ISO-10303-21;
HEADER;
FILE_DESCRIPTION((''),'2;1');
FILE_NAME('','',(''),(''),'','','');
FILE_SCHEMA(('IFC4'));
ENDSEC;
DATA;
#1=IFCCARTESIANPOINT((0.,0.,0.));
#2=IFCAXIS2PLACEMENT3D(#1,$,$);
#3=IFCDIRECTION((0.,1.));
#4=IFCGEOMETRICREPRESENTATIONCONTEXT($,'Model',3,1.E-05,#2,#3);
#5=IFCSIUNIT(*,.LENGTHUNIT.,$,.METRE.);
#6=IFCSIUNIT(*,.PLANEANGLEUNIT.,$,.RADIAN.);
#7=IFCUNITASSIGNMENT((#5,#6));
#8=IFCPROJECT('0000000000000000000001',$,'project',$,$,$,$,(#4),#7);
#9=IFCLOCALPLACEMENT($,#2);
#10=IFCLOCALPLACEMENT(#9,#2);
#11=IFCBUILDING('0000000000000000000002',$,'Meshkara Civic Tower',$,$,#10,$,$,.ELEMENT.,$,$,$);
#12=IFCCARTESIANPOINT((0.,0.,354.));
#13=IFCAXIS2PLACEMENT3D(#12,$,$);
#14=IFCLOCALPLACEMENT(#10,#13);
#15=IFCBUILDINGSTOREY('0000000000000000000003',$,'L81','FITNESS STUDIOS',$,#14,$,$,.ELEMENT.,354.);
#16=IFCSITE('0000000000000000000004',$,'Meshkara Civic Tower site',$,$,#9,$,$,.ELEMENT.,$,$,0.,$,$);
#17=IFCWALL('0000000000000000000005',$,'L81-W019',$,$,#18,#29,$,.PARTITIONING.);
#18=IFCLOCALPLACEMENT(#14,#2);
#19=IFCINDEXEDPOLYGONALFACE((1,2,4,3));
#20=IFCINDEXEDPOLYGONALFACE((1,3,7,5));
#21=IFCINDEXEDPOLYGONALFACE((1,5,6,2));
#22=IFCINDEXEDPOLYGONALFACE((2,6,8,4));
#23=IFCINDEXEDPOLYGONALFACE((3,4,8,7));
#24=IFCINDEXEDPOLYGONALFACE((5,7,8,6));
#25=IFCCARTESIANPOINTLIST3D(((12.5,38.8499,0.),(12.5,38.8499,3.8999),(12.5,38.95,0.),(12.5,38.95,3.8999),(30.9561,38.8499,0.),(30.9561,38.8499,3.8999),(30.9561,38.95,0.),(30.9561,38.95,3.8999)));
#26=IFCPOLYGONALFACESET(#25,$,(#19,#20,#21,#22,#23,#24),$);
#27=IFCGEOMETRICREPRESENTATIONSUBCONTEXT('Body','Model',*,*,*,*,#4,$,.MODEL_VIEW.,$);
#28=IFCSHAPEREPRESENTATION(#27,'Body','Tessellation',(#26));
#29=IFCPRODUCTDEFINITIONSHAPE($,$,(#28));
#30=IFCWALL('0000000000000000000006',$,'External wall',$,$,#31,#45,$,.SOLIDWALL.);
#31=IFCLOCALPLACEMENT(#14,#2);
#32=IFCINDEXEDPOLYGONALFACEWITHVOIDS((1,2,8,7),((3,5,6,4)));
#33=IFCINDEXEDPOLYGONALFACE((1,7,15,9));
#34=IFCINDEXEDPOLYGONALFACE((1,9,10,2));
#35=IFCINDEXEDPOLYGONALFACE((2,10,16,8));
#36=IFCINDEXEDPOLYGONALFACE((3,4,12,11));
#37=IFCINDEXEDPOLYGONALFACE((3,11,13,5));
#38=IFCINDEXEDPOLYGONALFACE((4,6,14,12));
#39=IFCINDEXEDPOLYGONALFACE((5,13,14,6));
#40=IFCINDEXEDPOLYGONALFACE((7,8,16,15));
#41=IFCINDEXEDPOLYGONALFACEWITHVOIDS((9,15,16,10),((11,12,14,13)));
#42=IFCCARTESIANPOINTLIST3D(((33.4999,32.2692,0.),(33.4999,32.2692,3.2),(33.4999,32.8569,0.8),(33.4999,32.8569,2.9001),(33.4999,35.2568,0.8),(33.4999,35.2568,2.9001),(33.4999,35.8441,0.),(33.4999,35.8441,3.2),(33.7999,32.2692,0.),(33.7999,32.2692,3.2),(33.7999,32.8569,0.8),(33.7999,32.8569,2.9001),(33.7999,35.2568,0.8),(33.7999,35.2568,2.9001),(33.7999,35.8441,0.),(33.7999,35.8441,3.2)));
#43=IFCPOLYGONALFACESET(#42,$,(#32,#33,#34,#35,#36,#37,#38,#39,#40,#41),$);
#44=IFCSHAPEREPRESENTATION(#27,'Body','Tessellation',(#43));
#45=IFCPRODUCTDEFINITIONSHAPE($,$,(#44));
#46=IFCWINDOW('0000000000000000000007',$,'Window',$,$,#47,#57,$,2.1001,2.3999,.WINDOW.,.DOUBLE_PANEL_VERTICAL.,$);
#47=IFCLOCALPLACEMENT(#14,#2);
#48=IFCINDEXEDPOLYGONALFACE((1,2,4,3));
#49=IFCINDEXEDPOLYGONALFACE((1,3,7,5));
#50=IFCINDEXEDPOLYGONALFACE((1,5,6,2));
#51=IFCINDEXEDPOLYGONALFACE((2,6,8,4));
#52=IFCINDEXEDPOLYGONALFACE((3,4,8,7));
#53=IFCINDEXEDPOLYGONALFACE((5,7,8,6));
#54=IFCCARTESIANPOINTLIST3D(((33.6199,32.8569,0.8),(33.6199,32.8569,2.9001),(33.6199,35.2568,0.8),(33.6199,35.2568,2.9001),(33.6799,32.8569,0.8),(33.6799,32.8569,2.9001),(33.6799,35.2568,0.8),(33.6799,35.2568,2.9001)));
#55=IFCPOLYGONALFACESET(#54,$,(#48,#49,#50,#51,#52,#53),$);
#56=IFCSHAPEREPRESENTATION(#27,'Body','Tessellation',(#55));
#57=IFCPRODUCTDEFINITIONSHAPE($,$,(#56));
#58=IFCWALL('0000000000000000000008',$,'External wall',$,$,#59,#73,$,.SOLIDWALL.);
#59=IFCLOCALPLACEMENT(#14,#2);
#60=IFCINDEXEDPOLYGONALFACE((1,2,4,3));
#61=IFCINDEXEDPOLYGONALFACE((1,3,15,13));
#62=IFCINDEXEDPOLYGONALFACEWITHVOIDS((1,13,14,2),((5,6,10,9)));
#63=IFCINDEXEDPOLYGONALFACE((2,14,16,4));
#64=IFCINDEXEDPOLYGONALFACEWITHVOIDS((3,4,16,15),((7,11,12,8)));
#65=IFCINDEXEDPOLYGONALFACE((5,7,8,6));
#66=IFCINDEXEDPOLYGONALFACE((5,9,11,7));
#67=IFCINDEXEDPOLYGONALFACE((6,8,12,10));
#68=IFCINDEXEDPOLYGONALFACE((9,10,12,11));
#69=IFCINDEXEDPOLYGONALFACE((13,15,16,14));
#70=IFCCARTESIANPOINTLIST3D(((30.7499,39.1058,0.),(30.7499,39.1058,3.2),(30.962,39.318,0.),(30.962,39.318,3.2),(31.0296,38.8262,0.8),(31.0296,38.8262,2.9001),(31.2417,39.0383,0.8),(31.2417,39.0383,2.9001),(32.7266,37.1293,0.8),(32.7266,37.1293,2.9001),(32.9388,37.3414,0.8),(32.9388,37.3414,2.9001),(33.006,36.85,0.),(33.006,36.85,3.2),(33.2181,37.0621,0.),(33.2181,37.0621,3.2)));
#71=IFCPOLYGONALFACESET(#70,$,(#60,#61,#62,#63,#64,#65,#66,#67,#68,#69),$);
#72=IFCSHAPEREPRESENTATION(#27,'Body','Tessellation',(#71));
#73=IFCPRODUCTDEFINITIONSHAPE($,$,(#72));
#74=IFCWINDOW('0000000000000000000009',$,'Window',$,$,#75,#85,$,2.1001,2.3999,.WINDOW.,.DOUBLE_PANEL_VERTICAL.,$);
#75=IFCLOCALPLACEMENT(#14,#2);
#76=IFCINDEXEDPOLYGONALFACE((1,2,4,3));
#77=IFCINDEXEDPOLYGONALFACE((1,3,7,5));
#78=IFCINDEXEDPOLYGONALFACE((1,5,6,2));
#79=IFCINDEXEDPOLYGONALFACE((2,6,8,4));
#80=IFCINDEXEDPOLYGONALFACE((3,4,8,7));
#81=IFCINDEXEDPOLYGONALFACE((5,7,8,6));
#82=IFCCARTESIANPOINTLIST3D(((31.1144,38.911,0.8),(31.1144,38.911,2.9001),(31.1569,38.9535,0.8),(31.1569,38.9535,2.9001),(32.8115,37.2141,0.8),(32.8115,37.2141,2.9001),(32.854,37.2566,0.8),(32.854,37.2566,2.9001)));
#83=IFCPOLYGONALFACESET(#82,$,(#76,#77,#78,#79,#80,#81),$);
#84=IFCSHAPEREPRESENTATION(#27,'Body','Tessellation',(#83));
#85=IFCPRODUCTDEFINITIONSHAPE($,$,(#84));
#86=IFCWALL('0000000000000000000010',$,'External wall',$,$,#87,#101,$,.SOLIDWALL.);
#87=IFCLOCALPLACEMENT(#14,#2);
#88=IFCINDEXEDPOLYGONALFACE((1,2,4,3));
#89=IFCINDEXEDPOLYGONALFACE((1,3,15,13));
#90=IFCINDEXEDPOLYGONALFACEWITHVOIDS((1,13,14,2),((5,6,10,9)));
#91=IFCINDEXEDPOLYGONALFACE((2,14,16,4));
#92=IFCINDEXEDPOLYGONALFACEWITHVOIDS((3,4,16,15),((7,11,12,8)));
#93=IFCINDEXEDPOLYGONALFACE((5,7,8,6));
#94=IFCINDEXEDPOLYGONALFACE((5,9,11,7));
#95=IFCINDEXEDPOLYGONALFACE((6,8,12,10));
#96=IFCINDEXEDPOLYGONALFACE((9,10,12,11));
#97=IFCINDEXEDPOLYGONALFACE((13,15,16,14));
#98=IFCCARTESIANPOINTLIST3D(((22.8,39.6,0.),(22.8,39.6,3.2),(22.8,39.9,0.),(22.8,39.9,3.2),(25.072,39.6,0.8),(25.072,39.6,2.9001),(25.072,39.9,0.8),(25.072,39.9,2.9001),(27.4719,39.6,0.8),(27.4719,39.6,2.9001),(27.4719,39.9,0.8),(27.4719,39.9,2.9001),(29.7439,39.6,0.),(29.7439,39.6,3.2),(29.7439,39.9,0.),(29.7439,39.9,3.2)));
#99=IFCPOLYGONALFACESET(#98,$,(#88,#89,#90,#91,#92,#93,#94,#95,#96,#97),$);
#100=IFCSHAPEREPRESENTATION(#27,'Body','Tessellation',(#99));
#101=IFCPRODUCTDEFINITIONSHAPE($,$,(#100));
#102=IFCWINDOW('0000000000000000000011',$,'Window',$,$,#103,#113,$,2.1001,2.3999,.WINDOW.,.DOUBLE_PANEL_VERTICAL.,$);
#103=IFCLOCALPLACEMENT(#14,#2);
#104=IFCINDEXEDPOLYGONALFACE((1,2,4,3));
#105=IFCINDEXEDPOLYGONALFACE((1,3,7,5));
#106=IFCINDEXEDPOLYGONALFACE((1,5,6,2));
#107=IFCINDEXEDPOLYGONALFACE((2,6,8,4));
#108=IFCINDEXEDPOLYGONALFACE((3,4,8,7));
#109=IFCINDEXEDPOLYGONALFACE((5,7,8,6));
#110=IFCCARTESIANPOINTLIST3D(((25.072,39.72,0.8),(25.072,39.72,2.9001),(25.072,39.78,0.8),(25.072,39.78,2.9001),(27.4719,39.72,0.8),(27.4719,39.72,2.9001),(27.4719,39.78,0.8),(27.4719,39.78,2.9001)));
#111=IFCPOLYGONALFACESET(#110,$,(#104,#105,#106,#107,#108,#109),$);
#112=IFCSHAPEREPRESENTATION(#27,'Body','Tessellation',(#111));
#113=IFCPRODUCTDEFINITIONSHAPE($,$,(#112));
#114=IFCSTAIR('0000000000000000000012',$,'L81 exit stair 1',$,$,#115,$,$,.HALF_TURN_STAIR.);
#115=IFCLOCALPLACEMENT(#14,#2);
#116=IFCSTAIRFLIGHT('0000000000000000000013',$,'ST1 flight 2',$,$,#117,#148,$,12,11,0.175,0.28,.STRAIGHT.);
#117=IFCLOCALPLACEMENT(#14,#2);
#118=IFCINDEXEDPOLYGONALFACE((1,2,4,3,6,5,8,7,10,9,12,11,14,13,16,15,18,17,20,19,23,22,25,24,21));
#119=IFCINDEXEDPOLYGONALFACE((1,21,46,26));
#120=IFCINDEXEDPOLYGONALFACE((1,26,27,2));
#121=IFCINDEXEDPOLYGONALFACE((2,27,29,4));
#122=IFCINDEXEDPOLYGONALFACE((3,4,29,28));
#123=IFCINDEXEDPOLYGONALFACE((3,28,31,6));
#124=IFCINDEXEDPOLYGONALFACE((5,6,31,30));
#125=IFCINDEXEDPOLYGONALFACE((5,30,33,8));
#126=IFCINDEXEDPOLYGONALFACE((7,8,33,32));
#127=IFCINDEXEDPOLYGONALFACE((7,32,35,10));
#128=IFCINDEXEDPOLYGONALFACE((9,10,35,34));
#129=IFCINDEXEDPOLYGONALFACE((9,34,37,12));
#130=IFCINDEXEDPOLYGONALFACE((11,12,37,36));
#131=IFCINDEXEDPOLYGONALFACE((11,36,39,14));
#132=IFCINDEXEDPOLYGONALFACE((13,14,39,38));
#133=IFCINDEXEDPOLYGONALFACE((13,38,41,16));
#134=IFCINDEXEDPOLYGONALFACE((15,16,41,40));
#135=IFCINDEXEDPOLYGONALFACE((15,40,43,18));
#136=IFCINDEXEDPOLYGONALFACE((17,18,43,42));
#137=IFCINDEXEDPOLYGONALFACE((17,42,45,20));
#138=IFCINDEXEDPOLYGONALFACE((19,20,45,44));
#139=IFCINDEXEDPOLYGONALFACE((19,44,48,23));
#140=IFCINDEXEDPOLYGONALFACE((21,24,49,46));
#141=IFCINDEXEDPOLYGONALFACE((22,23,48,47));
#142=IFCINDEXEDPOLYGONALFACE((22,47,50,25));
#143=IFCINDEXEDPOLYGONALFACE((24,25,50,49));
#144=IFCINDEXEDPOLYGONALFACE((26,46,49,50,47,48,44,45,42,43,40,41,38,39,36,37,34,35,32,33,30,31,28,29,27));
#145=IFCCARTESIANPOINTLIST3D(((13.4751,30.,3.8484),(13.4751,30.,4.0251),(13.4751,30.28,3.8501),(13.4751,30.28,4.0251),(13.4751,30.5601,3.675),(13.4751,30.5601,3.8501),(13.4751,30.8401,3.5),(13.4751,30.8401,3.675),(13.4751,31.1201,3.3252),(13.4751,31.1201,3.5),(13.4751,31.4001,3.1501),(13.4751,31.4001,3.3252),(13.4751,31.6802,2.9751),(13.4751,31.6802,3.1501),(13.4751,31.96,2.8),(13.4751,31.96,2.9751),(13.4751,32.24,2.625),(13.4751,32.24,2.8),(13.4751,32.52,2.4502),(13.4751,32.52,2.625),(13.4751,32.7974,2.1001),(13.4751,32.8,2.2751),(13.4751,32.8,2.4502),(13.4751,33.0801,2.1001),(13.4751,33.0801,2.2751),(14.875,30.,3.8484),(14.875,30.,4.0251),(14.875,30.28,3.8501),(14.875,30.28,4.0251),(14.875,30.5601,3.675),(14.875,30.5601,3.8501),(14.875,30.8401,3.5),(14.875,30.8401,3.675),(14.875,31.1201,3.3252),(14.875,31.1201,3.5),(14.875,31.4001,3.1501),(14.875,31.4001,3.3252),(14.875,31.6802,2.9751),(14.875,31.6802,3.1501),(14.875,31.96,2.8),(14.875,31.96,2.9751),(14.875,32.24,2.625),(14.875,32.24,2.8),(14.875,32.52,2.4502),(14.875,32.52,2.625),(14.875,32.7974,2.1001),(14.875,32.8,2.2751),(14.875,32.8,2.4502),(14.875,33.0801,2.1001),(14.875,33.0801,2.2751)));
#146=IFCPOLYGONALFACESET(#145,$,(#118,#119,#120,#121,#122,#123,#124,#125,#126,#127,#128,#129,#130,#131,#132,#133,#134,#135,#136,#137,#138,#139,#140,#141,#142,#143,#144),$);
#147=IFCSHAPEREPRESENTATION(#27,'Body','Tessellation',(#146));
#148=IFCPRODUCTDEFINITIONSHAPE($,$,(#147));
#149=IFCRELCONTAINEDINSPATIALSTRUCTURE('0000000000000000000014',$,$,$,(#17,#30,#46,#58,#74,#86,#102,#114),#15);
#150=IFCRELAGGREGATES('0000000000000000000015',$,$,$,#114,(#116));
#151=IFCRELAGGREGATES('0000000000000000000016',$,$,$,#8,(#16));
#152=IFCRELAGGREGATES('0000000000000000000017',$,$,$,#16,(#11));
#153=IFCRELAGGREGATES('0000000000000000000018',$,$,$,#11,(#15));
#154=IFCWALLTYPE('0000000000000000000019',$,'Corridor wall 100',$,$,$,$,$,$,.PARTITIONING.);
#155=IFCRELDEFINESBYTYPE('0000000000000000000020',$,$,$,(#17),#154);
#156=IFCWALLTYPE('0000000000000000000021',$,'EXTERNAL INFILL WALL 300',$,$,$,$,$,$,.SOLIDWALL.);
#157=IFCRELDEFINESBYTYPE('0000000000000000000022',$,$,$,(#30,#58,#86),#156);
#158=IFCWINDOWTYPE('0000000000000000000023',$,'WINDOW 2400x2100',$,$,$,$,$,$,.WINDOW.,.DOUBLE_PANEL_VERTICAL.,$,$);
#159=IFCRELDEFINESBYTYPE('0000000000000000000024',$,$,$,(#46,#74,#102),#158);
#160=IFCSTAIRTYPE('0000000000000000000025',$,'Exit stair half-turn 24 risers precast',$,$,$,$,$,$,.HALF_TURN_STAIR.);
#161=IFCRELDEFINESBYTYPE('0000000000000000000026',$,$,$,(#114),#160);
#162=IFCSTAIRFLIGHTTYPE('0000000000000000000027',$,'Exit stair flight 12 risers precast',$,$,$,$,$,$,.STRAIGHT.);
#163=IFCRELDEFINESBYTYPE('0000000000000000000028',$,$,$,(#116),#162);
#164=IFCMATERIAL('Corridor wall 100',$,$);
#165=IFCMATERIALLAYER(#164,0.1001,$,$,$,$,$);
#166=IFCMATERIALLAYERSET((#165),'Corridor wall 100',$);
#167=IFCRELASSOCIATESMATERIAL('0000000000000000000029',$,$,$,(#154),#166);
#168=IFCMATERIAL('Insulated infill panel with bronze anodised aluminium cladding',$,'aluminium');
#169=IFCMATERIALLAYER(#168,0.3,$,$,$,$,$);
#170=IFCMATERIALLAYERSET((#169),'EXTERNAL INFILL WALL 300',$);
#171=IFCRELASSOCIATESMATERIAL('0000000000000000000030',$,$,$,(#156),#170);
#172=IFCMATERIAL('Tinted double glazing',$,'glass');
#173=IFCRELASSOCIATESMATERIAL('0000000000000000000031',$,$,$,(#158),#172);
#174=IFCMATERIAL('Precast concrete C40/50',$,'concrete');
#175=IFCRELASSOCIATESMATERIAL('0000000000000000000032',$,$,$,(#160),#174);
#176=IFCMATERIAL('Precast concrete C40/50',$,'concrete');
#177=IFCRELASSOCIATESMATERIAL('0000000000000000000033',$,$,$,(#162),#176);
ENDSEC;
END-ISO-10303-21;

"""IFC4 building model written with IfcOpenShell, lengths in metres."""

from ifc_helpers import new_model, si_unit, direction, frame, frame_2d, origin, place, context, subcontext, project, spatial, polyline, rectangle, outline, extrude, material, layer, layer_set, type_object, element, fill, aggregate, save


model = new_model("IFC4")

# Units and contexts
model_context = context("Model", 3, precision=1e-05, world=origin(), true_north=direction((0.0, 1.0)))
body_context = subcontext(model_context, "Body", "Model", "MODEL_VIEW")
ifc_project = project(units=[si_unit("LENGTHUNIT", "METRE"), si_unit("PLANEANGLEUNIT", "RADIAN")], contexts=[model_context])

# Site, building, storey
site_placement = place(None, origin())
site = spatial("IfcSite", under=ifc_project, at=site_placement, Name="Meshkara Civic Tower site", CompositionType="ELEMENT", RefElevation=0.0)
building_placement = place(site_placement, origin())
building = spatial("IfcBuilding", under=site, at=building_placement, Name="Meshkara Civic Tower", CompositionType="ELEMENT")
storey_placement = place(building_placement, frame((0.0, 0.0, 354.0)))
storey = spatial("IfcBuildingStorey", under=building, at=storey_placement, Name="L81", Description="FITNESS STUDIOS", CompositionType="ELEMENT", Elevation=354.0)

# Wall
ifc_material_1 = material(Name="Corridor wall 100")
ifc_layer_1 = layer(ifc_material_1, 0.1001)
ifc_layer_set_1 = layer_set([ifc_layer_1], Name="Corridor wall 100")
wall_type_1 = type_object("IfcWallType", Name="Corridor wall 100", PredefinedType="PARTITIONING", material=ifc_layer_set_1)
wall_1_placement = place(storey_placement, frame((30.9561, 38.8999, 0.0), z_axis=(0.0, 0.0, 1.0), x_axis=(-1.0, 0.0, 0.0)))
element("IfcWall", 1, at=wall_1_placement, inside=storey, type_object=wall_type_1, Name="L81-W019", PredefinedType="PARTITIONING", context=body_context, shape_type="SweptSolid", body=[
    extrude(rectangle(XDim=18.4561, YDim=0.1001, at=frame_2d((9.228, 0.0))), origin(), (0.0, 0.0, 1.0), 3.8999),
])

# Walls, openings, windows
ifc_material_2 = material(Name="Insulated infill panel with bronze anodised aluminium cladding", Category="aluminium")
ifc_layer_2 = layer(ifc_material_2, 0.3)
ifc_layer_set_2 = layer_set([ifc_layer_2], Name="EXTERNAL INFILL WALL 300")
wall_type_2 = type_object("IfcWallType", Name="EXTERNAL INFILL WALL 300", PredefinedType="SOLIDWALL", material=ifc_layer_set_2)
wall_2_placement = place(storey_placement, frame((33.6499, 32.269, 0.0), z_axis=(0.0, 0.0, 1.0), x_axis=(0.0, 1.0, 0.0)))
wall_2 = element("IfcWall", 2, at=wall_2_placement, inside=storey, type_object=wall_type_2, Name="External wall", PredefinedType="SOLIDWALL", context=body_context, shape_type="SweptSolid", body=[
    extrude(rectangle(XDim=3.575, YDim=0.3, at=frame_2d((1.7876, 0.0))), origin(), (0.0, 0.0, 1.0), 3.2),
])
opening_1_placement = place(wall_2_placement, frame((0.5879, 0.0, 0.8)))
opening_1 = element("IfcOpeningElement", 3, at=opening_1_placement, cuts=wall_2, PredefinedType="OPENING", context=body_context, shape_type="SweptSolid", body=[
    extrude(rectangle(XDim=2.3999, YDim=2.1001, at=frame_2d((1.2, 1.05))), frame((0.0, 0.1599, 0.0), z_axis=(0.0, -1.0, 0.0), x_axis=(1.0, 0.0, 0.0)), (0.0, 0.0, 1.0), 0.3201),
])
ifc_material_3 = material(Name="Tinted double glazing", Category="glass")
window_type = type_object("IfcWindowType", Name="WINDOW 2400x2100", PartitioningType="DOUBLE_PANEL_VERTICAL", PredefinedType="WINDOW", material=ifc_material_3)
window_1_placement = place(opening_1_placement, origin())
window_1 = element("IfcWindow", 4, at=window_1_placement, inside=storey, type_object=window_type, Name="Window", OverallHeight=2.1001, OverallWidth=2.3999, PartitioningType="DOUBLE_PANEL_VERTICAL", PredefinedType="WINDOW", context=body_context, shape_type="SweptSolid", body=[
    extrude(rectangle(XDim=2.3999, YDim=2.1001, at=frame_2d((1.2, 1.05))), frame((0.0, 0.03, 0.0), z_axis=(0.0, -1.0, 0.0), x_axis=(1.0, 0.0, 0.0)), (0.0, 0.0, 1.0), 0.0601),
])
fill(opening_1, window_1)
wall_3_placement = place(storey_placement, frame((33.1121, 36.9561, 0.0), z_axis=(0.0, 0.0, 1.0), x_axis=(-0.707145, 0.707069, 0.0)))
wall_3 = element("IfcWall", 5, at=wall_3_placement, inside=storey, type_object=wall_type_2, Name="External wall", PredefinedType="SOLIDWALL", context=body_context, shape_type="SweptSolid", body=[
    extrude(rectangle(XDim=3.1904, YDim=0.3, at=frame_2d((1.5952, 0.0))), origin(), (0.0, 0.0, 1.0), 3.2),
])
opening_2_placement = place(wall_3_placement, frame((0.395, 0.0, 0.8)))
opening_2 = element("IfcOpeningElement", 6, at=opening_2_placement, cuts=wall_3, PredefinedType="OPENING", context=body_context, shape_type="SweptSolid", body=[
    extrude(rectangle(XDim=2.3999, YDim=2.1001, at=frame_2d((1.2, 1.05))), frame((0.0, 0.1599, 0.0), z_axis=(0.0, -1.0, 0.0), x_axis=(1.0, 0.0, 0.0)), (0.0, 0.0, 1.0), 0.3201),
])
window_2_placement = place(opening_2_placement, origin())
window_2 = element("IfcWindow", 7, at=window_2_placement, inside=storey, type_object=window_type, Name="Window", OverallHeight=2.1001, OverallWidth=2.3999, PartitioningType="DOUBLE_PANEL_VERTICAL", PredefinedType="WINDOW", context=body_context, shape_type="SweptSolid", body=[
    extrude(rectangle(XDim=2.3999, YDim=2.1001, at=frame_2d((1.2, 1.05))), frame((0.0, 0.03, 0.0), z_axis=(0.0, -1.0, 0.0), x_axis=(1.0, 0.0, 0.0)), (0.0, 0.0, 1.0), 0.0601),
])
fill(opening_2, window_2)
wall_4_placement = place(storey_placement, frame((29.7439, 39.75, 0.0), z_axis=(0.0, 0.0, 1.0), x_axis=(-1.0, 0.0, 0.0)))
wall_4 = element("IfcWall", 8, at=wall_4_placement, inside=storey, type_object=wall_type_2, Name="External wall", PredefinedType="SOLIDWALL", context=body_context, shape_type="SweptSolid", body=[
    extrude(rectangle(XDim=6.9438, YDim=0.3, at=frame_2d((3.4719, 0.0))), origin(), (0.0, 0.0, 1.0), 3.2),
])
opening_3_placement = place(wall_4_placement, frame((2.272, 0.0, 0.8)))
opening_3 = element("IfcOpeningElement", 9, at=opening_3_placement, cuts=wall_4, PredefinedType="OPENING", context=body_context, shape_type="SweptSolid", body=[
    extrude(rectangle(XDim=2.3999, YDim=2.1001, at=frame_2d((1.2, 1.05))), frame((0.0, 0.1599, 0.0), z_axis=(0.0, -1.0, 0.0), x_axis=(1.0, 0.0, 0.0)), (0.0, 0.0, 1.0), 0.3201),
])
window_3_placement = place(opening_3_placement, origin())
window_3 = element("IfcWindow", 10, at=window_3_placement, inside=storey, type_object=window_type, Name="Window", OverallHeight=2.1001, OverallWidth=2.3999, PartitioningType="DOUBLE_PANEL_VERTICAL", PredefinedType="WINDOW", context=body_context, shape_type="SweptSolid", body=[
    extrude(rectangle(XDim=2.3999, YDim=2.1001, at=frame_2d((1.2, 1.05))), frame((0.0, 0.03, 0.0), z_axis=(0.0, -1.0, 0.0), x_axis=(1.0, 0.0, 0.0)), (0.0, 0.0, 1.0), 0.0601),
])
fill(opening_3, window_3)

# Stair, stair flight
ifc_material_4 = material(Name="Precast concrete C40/50", Category="concrete")
stair_type = type_object("IfcStairType", Name="Exit stair half-turn 24 risers precast", PredefinedType="HALF_TURN_STAIR", material=ifc_material_4)
stair_1_placement = place(storey_placement, origin())
stair_1 = element("IfcStair", 11, at=stair_1_placement, inside=storey, type_object=stair_type, Name="L81 exit stair 1", PredefinedType="HALF_TURN_STAIR")
ifc_material_5 = material(Name="Precast concrete C40/50", Category="concrete")
stair_flight_type = type_object("IfcStairFlightType", Name="Exit stair flight 12 risers precast", PredefinedType="STRAIGHT", material=ifc_material_5)
stair_flight_1_placement = place(storey_placement, frame((14.175, 33.0801, 2.1001), z_axis=(0.0, 0.0, 1.0), x_axis=(0.0, -1.0, 0.0)))
stair_flight_1 = element("IfcStairFlight", 12, at=stair_flight_1_placement, type_object=stair_flight_type, Name="ST1 flight 2", NumberOfRisers=12, NumberOfTreads=11, PredefinedType="STRAIGHT", RiserHeight=0.175, TreadLength=0.28, context=body_context, shape_type="SweptSolid", body=[
    extrude(outline(polyline([(0.0, 0.0), (0.0, 0.175), (0.28, 0.175), (0.28, 0.3501), (0.5601, 0.3501), (0.5601, 0.5249), (0.8401, 0.5249), (0.8401, 0.7), (1.1201, 0.7), (1.1201, 0.875), (1.3999, 0.875), (1.3999, 1.05), (1.6799, 1.05), (1.6799, 1.2251), (1.96, 1.2251), (1.96, 1.3999), (2.24, 1.3999), (2.24, 1.575), (2.52, 1.575), (2.52, 1.75), (2.8, 1.75), (2.8, 1.925), (3.0801, 1.925), (3.0801, 2.1001), (3.0801, 1.7483), (0.2827, 0.0), (0.0, 0.0)])), frame((0.0, 0.7, 0.0), z_axis=(0.0, -1.0, 0.0), x_axis=(1.0, 0.0, 0.0)), (0.0, 0.0, 1.0), 1.3999),
])
aggregate(stair_1, [stair_flight_1])

save(model, "model.ifc")
